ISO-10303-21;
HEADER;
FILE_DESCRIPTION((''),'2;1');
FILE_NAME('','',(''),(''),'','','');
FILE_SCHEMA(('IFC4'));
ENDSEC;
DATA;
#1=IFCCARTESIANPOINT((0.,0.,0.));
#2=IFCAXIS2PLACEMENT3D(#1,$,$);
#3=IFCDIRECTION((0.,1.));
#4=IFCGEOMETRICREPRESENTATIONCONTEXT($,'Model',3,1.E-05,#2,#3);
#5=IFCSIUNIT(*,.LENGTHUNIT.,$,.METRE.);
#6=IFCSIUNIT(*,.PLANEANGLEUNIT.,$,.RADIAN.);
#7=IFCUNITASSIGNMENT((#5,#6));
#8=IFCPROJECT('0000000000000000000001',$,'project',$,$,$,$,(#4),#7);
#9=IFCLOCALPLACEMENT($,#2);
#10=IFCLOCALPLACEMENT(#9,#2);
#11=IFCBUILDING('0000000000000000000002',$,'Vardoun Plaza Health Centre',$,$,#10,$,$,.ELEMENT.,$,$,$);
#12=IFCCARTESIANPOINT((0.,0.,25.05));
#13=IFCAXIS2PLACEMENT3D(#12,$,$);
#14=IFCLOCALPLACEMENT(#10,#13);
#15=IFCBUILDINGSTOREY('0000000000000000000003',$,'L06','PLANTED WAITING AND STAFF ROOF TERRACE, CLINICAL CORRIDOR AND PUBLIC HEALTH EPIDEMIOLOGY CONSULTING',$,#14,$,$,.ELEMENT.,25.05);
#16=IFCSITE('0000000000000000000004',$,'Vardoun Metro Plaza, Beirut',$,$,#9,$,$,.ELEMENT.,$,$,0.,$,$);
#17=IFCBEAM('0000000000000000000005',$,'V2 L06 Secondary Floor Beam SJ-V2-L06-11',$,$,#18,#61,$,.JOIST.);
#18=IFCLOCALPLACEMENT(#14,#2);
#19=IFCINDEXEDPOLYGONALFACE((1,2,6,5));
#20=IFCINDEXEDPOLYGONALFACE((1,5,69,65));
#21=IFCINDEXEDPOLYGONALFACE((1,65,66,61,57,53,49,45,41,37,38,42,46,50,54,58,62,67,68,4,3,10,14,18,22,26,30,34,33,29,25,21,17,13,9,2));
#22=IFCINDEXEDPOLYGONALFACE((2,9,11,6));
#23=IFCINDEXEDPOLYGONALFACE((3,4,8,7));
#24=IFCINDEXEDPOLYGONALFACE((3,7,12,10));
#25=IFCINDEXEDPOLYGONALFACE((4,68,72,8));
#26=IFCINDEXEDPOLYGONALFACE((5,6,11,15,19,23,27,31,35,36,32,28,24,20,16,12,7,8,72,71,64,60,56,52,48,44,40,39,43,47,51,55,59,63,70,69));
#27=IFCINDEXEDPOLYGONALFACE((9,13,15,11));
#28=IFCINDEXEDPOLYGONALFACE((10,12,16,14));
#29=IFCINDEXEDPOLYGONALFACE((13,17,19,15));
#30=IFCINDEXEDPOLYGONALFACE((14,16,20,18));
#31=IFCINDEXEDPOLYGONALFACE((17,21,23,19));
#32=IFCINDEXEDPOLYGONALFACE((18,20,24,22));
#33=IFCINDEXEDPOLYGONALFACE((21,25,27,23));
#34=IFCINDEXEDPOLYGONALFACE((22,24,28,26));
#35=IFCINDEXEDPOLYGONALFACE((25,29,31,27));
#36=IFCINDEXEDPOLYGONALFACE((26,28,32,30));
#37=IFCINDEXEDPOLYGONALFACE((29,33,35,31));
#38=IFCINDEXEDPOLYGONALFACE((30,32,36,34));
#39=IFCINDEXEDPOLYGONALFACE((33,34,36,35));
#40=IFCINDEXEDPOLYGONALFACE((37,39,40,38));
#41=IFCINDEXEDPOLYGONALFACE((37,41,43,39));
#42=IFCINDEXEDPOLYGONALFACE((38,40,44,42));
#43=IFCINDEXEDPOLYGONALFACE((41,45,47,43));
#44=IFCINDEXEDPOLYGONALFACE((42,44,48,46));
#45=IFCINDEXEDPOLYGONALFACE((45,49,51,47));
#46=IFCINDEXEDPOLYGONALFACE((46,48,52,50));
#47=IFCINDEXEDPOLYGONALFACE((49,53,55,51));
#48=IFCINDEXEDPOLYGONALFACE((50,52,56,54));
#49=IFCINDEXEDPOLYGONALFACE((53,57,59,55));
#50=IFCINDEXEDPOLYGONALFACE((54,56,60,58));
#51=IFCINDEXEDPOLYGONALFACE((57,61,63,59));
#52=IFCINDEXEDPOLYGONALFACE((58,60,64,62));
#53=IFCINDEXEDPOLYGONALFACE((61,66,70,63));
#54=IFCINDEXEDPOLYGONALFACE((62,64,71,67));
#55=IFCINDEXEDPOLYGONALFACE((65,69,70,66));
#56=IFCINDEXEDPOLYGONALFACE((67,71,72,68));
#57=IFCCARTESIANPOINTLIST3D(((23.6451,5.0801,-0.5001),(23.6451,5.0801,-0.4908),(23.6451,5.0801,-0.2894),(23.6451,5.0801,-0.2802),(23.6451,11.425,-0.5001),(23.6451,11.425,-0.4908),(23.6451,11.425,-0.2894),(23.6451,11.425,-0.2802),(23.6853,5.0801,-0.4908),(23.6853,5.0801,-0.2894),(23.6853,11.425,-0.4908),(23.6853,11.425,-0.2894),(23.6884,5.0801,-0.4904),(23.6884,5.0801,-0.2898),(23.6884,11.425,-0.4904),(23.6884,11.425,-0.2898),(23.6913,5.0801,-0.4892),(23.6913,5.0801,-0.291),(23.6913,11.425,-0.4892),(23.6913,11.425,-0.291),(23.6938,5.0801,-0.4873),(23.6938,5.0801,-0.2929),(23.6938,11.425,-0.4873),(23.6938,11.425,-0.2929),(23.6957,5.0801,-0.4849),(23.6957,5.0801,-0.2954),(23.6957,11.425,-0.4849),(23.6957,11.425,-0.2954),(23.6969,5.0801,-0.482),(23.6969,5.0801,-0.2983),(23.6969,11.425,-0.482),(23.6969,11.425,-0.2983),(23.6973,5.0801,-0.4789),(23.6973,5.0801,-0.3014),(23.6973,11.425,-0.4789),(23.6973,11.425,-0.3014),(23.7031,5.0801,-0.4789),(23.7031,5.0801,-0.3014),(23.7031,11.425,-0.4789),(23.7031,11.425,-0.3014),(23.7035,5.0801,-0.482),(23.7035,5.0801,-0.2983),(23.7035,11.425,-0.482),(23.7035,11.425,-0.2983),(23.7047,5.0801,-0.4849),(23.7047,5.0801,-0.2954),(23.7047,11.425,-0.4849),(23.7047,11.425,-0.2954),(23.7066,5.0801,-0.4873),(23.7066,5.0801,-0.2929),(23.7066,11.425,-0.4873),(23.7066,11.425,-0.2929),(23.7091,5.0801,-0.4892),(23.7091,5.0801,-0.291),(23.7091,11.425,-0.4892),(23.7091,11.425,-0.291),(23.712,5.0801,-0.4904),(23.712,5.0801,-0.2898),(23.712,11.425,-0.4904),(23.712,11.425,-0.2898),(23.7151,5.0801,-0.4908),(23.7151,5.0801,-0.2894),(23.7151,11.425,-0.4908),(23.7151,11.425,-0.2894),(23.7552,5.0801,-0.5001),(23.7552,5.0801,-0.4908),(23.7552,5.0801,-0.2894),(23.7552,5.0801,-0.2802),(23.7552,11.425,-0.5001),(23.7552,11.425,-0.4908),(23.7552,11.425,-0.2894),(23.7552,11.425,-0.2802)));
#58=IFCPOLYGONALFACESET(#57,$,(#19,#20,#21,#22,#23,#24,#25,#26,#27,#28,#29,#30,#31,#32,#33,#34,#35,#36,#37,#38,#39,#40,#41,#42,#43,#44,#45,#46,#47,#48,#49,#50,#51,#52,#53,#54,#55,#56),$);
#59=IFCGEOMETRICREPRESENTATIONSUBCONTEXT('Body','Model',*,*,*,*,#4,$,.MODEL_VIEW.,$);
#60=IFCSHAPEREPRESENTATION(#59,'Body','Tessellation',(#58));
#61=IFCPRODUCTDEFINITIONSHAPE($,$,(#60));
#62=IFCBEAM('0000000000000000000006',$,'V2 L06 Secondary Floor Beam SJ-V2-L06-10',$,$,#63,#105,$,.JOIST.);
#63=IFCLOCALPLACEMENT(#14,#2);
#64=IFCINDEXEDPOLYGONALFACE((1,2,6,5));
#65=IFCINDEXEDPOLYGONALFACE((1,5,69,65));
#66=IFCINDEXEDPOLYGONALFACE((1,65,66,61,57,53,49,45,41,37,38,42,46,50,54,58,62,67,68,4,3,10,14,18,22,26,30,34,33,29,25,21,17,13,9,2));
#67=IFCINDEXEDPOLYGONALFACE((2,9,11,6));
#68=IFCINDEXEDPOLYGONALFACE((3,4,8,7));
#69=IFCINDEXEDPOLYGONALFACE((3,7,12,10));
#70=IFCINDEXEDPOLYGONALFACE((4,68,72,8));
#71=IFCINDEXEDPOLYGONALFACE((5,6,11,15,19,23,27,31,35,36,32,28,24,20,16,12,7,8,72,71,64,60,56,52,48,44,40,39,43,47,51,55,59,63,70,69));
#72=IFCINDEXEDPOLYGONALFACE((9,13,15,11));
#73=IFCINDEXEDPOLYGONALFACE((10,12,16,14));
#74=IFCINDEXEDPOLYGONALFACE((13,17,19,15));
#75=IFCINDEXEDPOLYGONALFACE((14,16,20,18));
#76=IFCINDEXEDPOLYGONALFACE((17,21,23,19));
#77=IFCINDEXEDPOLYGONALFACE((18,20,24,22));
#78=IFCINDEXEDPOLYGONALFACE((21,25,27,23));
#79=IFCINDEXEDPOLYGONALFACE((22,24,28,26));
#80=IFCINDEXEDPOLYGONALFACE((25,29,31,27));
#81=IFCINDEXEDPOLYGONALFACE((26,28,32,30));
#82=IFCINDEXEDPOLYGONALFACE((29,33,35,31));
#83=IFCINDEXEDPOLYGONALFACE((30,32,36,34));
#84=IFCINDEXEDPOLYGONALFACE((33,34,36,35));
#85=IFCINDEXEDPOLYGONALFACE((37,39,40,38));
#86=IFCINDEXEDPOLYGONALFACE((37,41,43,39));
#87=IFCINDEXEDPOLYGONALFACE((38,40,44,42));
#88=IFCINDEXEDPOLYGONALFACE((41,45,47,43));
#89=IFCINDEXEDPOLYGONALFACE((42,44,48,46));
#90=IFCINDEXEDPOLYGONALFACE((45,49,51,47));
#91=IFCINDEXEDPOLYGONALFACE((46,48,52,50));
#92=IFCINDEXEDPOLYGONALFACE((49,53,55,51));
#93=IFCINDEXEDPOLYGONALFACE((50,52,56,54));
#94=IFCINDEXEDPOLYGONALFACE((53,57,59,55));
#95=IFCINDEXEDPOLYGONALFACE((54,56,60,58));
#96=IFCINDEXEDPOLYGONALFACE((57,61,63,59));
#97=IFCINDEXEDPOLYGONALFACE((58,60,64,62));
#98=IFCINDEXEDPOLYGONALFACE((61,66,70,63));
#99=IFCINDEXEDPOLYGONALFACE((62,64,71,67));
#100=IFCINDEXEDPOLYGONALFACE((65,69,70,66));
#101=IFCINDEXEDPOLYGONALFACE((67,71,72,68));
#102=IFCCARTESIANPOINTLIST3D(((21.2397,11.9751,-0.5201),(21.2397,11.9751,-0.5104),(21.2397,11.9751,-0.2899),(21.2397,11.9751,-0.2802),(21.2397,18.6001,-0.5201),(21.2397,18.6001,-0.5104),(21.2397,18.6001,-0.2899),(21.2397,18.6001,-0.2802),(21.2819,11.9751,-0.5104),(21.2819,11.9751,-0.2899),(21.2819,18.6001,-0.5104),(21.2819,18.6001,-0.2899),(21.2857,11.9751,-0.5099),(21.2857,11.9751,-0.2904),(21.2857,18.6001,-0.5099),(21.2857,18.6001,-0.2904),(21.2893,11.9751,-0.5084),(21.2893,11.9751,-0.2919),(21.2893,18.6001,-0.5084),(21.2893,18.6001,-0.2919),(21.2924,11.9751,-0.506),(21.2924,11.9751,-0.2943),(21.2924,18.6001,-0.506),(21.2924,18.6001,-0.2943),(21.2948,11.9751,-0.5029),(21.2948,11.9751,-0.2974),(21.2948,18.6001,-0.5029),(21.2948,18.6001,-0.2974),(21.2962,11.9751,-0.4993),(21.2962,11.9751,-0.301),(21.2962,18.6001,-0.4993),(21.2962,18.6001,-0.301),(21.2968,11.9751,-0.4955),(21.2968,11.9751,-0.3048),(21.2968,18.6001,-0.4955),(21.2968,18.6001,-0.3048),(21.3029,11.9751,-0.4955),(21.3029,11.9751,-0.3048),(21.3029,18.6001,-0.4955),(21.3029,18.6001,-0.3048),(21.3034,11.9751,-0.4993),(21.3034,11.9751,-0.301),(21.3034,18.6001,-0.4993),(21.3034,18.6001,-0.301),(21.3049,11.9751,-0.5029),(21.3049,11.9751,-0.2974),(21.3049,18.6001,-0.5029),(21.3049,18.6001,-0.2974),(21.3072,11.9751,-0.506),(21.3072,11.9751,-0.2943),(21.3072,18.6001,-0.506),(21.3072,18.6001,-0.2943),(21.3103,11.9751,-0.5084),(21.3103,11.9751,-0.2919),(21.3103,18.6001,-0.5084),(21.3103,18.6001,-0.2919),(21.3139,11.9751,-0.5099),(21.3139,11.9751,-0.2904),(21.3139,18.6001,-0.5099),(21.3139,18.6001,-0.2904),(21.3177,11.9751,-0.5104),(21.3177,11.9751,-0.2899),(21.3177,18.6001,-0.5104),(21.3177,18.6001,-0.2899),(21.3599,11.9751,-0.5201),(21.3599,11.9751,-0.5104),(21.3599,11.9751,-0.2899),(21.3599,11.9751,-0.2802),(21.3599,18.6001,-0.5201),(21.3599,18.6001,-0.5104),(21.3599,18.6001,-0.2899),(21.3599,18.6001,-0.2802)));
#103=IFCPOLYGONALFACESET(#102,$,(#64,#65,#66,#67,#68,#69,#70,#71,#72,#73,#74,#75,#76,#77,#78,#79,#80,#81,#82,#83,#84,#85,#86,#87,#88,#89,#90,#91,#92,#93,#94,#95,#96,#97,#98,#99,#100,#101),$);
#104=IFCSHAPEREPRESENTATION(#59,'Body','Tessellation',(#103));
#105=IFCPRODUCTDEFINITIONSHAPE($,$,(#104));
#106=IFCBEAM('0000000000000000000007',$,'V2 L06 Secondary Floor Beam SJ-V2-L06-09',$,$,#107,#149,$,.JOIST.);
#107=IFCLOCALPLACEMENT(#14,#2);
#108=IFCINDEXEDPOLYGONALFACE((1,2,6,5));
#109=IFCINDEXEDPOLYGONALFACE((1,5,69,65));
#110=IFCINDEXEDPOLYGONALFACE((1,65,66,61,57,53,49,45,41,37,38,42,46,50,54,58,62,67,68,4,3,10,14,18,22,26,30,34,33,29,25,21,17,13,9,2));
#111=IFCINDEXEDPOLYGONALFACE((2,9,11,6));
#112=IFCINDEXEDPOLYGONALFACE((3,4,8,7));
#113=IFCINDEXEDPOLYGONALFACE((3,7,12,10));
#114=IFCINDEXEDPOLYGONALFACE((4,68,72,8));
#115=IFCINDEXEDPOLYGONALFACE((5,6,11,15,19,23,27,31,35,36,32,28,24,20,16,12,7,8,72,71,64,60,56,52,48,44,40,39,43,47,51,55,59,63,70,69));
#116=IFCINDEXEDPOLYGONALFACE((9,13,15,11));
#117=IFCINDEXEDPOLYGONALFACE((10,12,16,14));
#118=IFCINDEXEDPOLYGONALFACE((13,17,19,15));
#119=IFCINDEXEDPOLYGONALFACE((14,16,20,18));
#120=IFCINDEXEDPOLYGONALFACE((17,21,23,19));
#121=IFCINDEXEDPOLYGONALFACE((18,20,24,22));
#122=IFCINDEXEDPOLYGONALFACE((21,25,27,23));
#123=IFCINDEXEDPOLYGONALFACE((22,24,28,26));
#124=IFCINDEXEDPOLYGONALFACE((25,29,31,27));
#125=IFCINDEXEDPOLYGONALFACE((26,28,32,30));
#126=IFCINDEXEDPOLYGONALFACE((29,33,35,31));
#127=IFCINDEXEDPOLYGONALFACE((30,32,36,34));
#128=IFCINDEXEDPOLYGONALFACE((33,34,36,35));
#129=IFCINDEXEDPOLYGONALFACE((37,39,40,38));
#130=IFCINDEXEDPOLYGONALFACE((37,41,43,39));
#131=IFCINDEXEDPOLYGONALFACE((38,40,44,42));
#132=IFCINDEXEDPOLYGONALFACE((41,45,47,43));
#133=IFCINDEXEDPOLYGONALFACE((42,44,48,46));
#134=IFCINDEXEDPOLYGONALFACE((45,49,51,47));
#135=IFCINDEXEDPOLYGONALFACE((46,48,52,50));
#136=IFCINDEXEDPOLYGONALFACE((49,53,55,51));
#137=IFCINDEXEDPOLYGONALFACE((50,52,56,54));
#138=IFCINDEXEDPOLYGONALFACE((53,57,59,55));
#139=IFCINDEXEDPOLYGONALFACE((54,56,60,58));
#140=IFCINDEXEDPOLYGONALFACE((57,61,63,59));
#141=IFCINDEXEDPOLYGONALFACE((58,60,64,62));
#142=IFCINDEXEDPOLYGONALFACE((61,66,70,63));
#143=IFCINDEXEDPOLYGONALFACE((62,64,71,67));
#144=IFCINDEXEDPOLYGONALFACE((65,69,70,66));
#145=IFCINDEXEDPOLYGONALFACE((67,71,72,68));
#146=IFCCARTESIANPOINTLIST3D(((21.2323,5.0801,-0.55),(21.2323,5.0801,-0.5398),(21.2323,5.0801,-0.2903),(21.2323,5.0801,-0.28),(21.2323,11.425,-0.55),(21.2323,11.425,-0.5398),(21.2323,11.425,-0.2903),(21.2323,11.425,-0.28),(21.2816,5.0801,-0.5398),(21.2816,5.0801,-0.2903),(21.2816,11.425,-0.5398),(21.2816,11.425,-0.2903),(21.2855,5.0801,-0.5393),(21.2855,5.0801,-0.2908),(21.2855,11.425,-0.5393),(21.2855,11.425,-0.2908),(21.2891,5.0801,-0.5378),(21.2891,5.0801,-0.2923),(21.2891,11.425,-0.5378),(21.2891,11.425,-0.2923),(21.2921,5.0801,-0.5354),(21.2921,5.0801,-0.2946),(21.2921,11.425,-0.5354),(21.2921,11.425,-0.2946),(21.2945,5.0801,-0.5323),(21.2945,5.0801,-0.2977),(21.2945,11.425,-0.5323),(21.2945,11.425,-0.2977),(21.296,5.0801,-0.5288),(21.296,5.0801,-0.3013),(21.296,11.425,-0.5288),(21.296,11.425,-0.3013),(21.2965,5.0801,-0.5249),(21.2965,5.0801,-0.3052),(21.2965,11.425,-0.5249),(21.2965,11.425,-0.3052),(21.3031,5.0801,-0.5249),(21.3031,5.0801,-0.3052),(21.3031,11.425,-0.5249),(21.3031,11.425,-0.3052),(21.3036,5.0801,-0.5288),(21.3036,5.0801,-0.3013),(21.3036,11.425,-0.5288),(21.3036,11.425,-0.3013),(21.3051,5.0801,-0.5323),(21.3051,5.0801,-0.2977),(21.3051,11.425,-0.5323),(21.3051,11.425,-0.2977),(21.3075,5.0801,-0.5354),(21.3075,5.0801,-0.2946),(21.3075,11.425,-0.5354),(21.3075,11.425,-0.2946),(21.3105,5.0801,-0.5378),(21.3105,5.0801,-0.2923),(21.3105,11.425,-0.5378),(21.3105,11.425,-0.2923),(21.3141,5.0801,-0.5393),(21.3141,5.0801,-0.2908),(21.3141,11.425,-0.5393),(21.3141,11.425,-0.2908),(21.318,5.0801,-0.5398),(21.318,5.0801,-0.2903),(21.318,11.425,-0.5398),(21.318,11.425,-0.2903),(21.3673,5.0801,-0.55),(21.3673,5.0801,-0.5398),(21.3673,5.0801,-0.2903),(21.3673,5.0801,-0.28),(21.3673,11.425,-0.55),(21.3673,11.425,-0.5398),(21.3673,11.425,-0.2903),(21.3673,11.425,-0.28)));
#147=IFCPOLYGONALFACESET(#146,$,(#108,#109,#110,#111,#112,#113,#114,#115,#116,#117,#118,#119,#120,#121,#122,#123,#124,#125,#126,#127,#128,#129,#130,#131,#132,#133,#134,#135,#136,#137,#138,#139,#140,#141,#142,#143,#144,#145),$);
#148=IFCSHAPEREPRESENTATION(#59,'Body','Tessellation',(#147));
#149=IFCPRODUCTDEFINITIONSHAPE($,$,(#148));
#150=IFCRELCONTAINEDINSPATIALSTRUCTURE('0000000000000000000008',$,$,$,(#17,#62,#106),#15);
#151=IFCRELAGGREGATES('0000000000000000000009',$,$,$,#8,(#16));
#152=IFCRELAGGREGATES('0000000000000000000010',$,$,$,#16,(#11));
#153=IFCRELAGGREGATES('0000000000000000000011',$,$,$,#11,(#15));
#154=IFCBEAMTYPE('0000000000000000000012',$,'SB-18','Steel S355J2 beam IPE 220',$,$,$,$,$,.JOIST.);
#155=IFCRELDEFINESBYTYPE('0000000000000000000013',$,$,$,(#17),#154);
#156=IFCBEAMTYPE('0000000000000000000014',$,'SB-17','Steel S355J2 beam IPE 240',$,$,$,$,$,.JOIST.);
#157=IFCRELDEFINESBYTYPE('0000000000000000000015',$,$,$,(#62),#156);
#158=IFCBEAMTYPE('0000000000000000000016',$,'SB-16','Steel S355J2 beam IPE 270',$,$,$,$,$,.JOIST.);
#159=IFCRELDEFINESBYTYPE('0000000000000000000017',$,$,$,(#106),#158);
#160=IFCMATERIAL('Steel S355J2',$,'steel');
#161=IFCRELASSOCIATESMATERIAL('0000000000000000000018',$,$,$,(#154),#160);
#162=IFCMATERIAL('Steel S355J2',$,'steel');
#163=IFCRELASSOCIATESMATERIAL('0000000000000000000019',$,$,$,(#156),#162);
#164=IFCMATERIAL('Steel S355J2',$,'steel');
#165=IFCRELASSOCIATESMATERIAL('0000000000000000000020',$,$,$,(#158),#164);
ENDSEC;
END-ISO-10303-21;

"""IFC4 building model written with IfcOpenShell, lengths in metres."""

from ifc_helpers import new_model, si_unit, direction, frame, origin, origin_2d, place, context, subcontext, project, spatial, i_section, extrude, material, material_profile, profile_set, type_object, element, save


model = new_model("IFC4")

# Units and contexts
model_context = context("Model", 3, precision=1e-05, world=origin(), true_north=direction((0.0, 1.0)))
body_context = subcontext(model_context, "Body", "Model", "MODEL_VIEW")
ifc_project = project(units=[si_unit("LENGTHUNIT", "METRE"), si_unit("PLANEANGLEUNIT", "RADIAN")], contexts=[model_context])

# Site, building, storey
site_placement = place(None, origin())
site = spatial("IfcSite", under=ifc_project, at=site_placement, Name="Vardoun Metro Plaza, Beirut", CompositionType="ELEMENT", RefElevation=0.0)
building_placement = place(site_placement, origin())
building = spatial("IfcBuilding", under=site, at=building_placement, Name="Vardoun Plaza Health Centre", CompositionType="ELEMENT")
storey_placement = place(building_placement, frame((0.0, 0.0, 25.05)))
storey = spatial("IfcBuildingStorey", under=building, at=storey_placement, Name="L06", Description="PLANTED WAITING AND STAFF ROOF TERRACE, CLINICAL CORRIDOR AND PUBLIC HEALTH EPIDEMIOLOGY CONSULTING", CompositionType="ELEMENT", Elevation=25.05)

# Beams
ifc_material_1 = material(Name="Steel S355J2", Category="steel")
ifc_material_profile_1 = material_profile(ifc_material_1, i_section(OverallWidth=0.1101, OverallDepth=0.22, WebThickness=0.0059, FlangeThickness=0.0093, FilletRadius=0.012, at=origin_2d()), Name="IPE 220")
ifc_profile_set_1 = profile_set([ifc_material_profile_1], Name="Steel S355J2")
beam_type_1 = type_object("IfcBeamType", Name="SB-18", Description="Steel S355J2 beam IPE 220", PredefinedType="JOIST", material=ifc_profile_set_1)
beam_1_placement = place(storey_placement, frame((23.7002, 5.0801, -0.3901), z_axis=(0.0, 1.0, 0.0), x_axis=(-1.0, 0.0, 0.0)))
element("IfcBeam", 1, at=beam_1_placement, inside=storey, type_object=beam_type_1, Name="V2 L06 Secondary Floor Beam SJ-V2-L06-11", PredefinedType="JOIST", context=body_context, shape_type="SweptSolid", body=[
    extrude(i_section(OverallWidth=0.1101, OverallDepth=0.22, WebThickness=0.0059, FlangeThickness=0.0093, FilletRadius=0.012, at=origin_2d()), origin(), (0.0, 0.0, 1.0), 6.345),
])
ifc_material_2 = material(Name="Steel S355J2", Category="steel")
ifc_material_profile_2 = material_profile(ifc_material_2, i_section(OverallWidth=0.1201, OverallDepth=0.24, WebThickness=0.0061, FlangeThickness=0.0098, FilletRadius=0.0149, at=origin_2d()), Name="IPE 240")
ifc_profile_set_2 = profile_set([ifc_material_profile_2], Name="Steel S355J2")
beam_type_2 = type_object("IfcBeamType", Name="SB-17", Description="Steel S355J2 beam IPE 240", PredefinedType="JOIST", material=ifc_profile_set_2)
beam_2_placement = place(storey_placement, frame((21.2998, 11.9751, -0.4001), z_axis=(0.0, 1.0, 0.0), x_axis=(-1.0, 0.0, 0.0)))
element("IfcBeam", 2, at=beam_2_placement, inside=storey, type_object=beam_type_2, Name="V2 L06 Secondary Floor Beam SJ-V2-L06-10", PredefinedType="JOIST", context=body_context, shape_type="SweptSolid", body=[
    extrude(i_section(OverallWidth=0.1201, OverallDepth=0.24, WebThickness=0.0061, FlangeThickness=0.0098, FilletRadius=0.0149, at=origin_2d()), origin(), (0.0, 0.0, 1.0), 6.625),
])
ifc_material_3 = material(Name="Steel S355J2", Category="steel")
ifc_material_profile_3 = material_profile(ifc_material_3, i_section(OverallWidth=0.135, OverallDepth=0.27, WebThickness=0.0066, FlangeThickness=0.0103, FilletRadius=0.0149, at=origin_2d()), Name="IPE 270")
ifc_profile_set_3 = profile_set([ifc_material_profile_3], Name="Steel S355J2")
beam_type_3 = type_object("IfcBeamType", Name="SB-16", Description="Steel S355J2 beam IPE 270", PredefinedType="JOIST", material=ifc_profile_set_3)
beam_3_placement = place(storey_placement, frame((21.2998, 5.0801, -0.415), z_axis=(0.0, 1.0, 0.0), x_axis=(-1.0, 0.0, 0.0)))
element("IfcBeam", 3, at=beam_3_placement, inside=storey, type_object=beam_type_3, Name="V2 L06 Secondary Floor Beam SJ-V2-L06-09", PredefinedType="JOIST", context=body_context, shape_type="SweptSolid", body=[
    extrude(i_section(OverallWidth=0.135, OverallDepth=0.27, WebThickness=0.0066, FlangeThickness=0.0103, FilletRadius=0.0149, at=origin_2d()), origin(), (0.0, 0.0, 1.0), 6.345),
])

save(model, "model.ifc")
